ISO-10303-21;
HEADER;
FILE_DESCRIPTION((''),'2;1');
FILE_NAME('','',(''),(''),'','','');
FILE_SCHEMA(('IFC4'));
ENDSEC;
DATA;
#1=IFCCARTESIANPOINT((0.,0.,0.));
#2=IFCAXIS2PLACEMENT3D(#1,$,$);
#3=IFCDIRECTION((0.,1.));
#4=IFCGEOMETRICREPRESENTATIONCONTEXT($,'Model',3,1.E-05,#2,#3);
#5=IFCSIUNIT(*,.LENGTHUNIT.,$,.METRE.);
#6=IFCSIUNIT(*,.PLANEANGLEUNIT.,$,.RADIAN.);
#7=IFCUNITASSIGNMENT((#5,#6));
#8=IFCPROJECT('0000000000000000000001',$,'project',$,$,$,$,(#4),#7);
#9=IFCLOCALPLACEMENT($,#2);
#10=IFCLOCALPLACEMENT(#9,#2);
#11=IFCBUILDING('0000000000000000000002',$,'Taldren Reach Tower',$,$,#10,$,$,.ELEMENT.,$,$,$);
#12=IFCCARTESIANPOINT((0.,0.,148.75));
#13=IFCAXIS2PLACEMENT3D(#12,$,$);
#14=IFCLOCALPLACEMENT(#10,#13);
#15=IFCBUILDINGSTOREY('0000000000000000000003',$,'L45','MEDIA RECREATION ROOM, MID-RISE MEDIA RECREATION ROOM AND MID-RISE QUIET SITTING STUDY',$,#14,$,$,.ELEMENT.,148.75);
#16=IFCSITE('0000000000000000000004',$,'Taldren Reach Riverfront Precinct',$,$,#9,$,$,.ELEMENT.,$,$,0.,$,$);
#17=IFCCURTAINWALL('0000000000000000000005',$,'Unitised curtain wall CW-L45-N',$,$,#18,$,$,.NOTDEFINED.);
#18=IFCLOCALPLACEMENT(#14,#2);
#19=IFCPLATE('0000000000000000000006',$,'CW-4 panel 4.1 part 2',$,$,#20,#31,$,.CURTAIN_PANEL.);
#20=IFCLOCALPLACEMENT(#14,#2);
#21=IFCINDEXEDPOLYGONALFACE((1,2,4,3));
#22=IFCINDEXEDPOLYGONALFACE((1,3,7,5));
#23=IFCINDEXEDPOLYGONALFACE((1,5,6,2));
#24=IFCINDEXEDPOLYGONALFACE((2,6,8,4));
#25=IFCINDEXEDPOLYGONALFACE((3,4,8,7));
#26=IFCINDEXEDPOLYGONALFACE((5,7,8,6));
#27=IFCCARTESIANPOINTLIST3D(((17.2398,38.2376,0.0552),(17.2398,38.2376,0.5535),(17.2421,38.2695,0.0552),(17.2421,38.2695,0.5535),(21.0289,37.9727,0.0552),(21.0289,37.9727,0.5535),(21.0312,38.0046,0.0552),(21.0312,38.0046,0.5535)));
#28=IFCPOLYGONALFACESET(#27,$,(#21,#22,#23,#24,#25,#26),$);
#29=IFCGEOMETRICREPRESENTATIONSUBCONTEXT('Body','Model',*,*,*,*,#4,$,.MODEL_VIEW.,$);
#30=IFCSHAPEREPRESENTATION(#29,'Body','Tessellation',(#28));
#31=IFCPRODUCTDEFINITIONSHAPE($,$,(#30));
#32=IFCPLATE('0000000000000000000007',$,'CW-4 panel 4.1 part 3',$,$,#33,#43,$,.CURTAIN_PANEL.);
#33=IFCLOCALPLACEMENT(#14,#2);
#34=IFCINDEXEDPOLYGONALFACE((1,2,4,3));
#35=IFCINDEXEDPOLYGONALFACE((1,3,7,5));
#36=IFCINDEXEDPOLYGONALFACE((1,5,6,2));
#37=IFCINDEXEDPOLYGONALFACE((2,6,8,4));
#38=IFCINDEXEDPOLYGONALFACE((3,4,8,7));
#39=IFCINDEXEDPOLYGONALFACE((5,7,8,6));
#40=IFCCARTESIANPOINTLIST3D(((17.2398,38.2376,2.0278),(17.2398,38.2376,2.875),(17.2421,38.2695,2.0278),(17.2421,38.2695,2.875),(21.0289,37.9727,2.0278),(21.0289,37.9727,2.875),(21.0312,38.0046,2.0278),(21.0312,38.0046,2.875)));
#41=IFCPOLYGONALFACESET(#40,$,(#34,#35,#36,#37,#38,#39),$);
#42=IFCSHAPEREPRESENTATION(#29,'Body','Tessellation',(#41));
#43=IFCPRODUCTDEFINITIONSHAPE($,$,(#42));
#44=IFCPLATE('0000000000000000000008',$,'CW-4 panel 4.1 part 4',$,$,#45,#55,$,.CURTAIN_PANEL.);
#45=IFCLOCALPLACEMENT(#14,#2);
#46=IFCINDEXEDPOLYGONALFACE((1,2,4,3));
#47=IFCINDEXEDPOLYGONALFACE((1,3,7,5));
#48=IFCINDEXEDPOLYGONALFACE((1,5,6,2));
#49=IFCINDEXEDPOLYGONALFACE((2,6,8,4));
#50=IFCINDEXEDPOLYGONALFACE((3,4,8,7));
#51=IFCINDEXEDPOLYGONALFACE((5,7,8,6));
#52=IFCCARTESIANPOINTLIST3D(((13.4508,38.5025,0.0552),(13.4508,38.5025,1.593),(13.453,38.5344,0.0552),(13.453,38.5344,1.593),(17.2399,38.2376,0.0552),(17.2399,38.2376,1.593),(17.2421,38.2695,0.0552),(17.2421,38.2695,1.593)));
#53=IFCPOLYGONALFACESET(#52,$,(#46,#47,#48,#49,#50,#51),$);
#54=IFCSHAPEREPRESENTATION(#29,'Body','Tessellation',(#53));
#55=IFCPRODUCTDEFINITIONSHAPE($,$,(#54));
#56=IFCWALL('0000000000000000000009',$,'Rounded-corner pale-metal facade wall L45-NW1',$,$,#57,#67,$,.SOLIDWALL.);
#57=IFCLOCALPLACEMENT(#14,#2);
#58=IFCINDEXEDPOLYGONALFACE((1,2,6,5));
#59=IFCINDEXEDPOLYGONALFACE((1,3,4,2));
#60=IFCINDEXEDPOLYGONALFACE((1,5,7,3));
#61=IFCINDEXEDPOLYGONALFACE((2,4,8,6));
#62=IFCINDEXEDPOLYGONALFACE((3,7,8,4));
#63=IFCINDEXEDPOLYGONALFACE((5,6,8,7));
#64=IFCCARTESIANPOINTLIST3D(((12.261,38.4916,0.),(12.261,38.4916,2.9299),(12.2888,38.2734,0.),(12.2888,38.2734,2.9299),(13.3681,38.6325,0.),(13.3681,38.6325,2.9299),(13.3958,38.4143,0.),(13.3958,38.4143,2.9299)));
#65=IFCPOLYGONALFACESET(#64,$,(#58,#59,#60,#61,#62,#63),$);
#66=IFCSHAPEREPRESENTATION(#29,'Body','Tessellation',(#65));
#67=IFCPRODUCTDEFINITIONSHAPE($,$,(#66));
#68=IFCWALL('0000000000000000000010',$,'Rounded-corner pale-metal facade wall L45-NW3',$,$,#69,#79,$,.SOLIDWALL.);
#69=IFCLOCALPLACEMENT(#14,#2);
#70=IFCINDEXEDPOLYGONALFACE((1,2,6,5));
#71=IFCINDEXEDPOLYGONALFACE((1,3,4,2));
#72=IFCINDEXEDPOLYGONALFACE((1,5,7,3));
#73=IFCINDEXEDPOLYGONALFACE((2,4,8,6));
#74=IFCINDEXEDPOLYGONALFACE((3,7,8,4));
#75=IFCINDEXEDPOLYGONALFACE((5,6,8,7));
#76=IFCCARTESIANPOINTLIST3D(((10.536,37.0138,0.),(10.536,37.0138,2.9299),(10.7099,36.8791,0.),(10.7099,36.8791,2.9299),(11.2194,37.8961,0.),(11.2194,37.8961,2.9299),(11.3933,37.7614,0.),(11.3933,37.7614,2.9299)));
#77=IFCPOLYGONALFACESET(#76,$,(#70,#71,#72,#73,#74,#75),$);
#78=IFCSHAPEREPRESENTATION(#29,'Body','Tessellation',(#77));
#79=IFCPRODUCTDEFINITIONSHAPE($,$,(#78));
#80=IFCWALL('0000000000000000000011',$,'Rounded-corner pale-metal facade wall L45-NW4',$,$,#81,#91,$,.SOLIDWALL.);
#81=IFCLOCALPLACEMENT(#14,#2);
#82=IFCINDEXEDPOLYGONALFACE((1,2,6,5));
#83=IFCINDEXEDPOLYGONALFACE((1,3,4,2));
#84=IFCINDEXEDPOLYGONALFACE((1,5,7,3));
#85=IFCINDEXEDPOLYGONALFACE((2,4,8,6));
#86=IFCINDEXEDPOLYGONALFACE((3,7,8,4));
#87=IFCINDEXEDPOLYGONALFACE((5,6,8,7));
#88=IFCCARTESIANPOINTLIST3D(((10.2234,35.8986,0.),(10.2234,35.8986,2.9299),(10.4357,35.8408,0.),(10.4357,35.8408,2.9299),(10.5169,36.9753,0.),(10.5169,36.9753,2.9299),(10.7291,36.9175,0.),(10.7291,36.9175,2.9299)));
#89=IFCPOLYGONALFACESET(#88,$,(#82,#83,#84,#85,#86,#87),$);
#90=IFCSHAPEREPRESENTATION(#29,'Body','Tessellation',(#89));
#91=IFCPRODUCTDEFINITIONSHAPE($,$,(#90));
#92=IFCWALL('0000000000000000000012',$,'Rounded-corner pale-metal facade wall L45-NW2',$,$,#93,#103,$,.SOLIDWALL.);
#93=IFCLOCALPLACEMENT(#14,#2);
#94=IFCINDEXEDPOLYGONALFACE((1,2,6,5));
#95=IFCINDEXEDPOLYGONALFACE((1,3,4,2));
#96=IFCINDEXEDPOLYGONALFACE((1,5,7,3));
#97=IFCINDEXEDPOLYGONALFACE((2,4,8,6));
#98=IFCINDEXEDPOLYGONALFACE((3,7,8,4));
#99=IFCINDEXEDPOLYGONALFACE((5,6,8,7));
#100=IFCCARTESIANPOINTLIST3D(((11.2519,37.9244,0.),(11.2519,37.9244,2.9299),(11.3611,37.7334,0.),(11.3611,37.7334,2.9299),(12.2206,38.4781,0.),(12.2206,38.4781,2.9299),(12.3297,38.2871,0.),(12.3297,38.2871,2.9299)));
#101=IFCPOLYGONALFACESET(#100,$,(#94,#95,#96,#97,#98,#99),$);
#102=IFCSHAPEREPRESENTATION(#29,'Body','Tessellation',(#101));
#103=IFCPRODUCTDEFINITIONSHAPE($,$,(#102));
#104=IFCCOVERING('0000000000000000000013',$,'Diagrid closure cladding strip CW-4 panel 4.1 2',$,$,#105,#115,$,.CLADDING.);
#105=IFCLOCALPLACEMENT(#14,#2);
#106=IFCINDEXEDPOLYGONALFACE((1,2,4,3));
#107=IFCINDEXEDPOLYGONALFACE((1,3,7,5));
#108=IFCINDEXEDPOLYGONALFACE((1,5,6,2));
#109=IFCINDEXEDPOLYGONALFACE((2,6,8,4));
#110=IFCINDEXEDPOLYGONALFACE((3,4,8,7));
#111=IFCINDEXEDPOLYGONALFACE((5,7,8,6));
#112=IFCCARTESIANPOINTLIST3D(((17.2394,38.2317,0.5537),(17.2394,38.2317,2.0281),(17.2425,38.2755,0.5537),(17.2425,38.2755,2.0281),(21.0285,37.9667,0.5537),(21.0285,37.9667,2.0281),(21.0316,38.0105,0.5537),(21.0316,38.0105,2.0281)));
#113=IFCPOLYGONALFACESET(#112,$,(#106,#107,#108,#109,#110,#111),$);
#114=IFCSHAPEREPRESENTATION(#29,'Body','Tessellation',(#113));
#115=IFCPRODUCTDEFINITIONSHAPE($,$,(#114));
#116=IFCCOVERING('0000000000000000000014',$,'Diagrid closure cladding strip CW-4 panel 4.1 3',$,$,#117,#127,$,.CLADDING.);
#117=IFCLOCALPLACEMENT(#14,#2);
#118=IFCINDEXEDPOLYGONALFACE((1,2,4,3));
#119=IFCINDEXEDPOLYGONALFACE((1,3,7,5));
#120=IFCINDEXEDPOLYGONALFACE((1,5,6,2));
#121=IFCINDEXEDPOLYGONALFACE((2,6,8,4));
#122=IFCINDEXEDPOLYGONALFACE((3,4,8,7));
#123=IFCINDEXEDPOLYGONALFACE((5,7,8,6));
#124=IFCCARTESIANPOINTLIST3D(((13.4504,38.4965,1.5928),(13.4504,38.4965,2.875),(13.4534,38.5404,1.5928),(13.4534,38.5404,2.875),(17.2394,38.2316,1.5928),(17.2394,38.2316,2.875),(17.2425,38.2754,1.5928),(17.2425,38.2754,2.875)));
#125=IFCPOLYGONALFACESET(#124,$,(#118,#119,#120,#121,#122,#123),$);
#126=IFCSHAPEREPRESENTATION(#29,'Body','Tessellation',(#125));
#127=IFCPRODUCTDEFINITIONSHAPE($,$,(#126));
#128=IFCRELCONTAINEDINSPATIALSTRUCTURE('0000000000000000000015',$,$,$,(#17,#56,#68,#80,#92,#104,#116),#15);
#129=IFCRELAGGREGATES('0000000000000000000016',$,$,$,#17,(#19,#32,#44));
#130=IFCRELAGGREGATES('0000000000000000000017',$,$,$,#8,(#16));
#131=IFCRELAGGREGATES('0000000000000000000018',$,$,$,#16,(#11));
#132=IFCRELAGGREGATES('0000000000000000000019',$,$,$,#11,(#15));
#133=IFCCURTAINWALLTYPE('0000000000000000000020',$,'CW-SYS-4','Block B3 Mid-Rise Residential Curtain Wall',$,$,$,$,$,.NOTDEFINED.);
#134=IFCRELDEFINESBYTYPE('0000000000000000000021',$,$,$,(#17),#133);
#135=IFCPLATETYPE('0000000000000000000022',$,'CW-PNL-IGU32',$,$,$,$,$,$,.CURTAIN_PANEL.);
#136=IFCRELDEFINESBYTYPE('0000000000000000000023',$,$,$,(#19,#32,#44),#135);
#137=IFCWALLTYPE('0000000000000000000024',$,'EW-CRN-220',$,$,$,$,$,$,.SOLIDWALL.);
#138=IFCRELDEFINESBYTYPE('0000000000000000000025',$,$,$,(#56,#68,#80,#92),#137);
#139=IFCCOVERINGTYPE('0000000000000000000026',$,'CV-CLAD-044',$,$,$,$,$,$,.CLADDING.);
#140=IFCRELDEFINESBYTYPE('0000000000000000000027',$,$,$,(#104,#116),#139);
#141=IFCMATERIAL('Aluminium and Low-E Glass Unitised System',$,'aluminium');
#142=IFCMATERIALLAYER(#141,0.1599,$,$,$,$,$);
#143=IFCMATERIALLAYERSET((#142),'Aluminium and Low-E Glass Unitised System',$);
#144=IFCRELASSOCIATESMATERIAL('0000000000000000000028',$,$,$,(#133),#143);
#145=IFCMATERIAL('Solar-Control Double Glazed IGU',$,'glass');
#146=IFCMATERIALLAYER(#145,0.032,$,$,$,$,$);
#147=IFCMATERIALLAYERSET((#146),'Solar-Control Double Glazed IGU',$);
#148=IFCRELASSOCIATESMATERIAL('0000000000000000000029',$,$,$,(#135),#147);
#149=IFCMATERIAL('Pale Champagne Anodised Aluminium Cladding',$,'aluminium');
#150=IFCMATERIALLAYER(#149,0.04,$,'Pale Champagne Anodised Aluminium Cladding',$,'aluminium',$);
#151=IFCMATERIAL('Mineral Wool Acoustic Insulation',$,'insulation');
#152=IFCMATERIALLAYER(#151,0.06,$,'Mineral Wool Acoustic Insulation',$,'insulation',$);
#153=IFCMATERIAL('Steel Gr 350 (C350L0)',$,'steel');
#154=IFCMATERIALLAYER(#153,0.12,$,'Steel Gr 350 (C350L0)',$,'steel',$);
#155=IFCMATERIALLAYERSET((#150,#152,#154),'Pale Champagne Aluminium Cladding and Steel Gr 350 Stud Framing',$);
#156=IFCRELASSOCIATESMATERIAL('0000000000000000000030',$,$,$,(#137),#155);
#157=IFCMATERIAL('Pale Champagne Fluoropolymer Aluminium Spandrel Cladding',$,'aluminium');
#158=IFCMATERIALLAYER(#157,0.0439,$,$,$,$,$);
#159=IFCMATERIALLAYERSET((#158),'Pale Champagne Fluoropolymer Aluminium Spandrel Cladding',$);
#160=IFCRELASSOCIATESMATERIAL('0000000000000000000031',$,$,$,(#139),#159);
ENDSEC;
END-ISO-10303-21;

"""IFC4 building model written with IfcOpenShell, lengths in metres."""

from ifc_helpers import new_model, si_unit, direction, frame, frame_2d, origin, origin_2d, place, context, subcontext, project, spatial, rectangle, extrude, source, transform, mapped, material, layer, layer_set, type_object, element, aggregate, save


model = new_model("IFC4")

# Units and contexts
model_context = context("Model", 3, precision=1e-05, world=origin(), true_north=direction((0.0, 1.0)))
body_context = subcontext(model_context, "Body", "Model", "MODEL_VIEW")
ifc_project = project(units=[si_unit("LENGTHUNIT", "METRE"), si_unit("PLANEANGLEUNIT", "RADIAN")], contexts=[model_context])

# Site, building, storey
site_placement = place(None, origin())
site = spatial("IfcSite", under=ifc_project, at=site_placement, Name="Taldren Reach Riverfront Precinct", CompositionType="ELEMENT", RefElevation=0.0)
building_placement = place(site_placement, origin())
building = spatial("IfcBuilding", under=site, at=building_placement, Name="Taldren Reach Tower", CompositionType="ELEMENT")
storey_placement = place(building_placement, frame((0.0, 0.0, 148.75)))
storey = spatial("IfcBuildingStorey", under=building, at=storey_placement, Name="L45", Description="MEDIA RECREATION ROOM, MID-RISE MEDIA RECREATION ROOM AND MID-RISE QUIET SITTING STUDY", CompositionType="ELEMENT", Elevation=148.75)

# Shared definitions
ifc_material_1 = material(Name="Steel Gr 350 (C350L0)", Category="steel")

# Shared definitions
ifc_material_2 = material(Name="Aluminium and Low-E Glass Unitised System", Category="aluminium")
ifc_layer_1 = layer(ifc_material_2, 0.1599)
ifc_layer_set_1 = layer_set([ifc_layer_1], Name="Aluminium and Low-E Glass Unitised System")
curtain_wall_type = type_object("IfcCurtainWallType", Name="CW-SYS-4", Description="Block B3 Mid-Rise Residential Curtain Wall", PredefinedType="NOTDEFINED", material=ifc_layer_set_1)

# Curtain wall
curtain_wall_1_placement = place(storey_placement, origin())
curtain_wall_1 = element("IfcCurtainWall", 1, at=curtain_wall_1_placement, inside=storey, type_object=curtain_wall_type, Name="Unitised curtain wall CW-L45-N", PredefinedType="NOTDEFINED")

# Plates
ifc_material_3 = material(Name="Solar-Control Double Glazed IGU", Category="glass")
ifc_layer_2 = layer(ifc_material_3, 0.032)
ifc_layer_set_2 = layer_set([ifc_layer_2], Name="Solar-Control Double Glazed IGU")
plate_type_1 = type_object("IfcPlateType", Name="CW-PNL-IGU32", PredefinedType="CURTAIN_PANEL", material=ifc_layer_set_2)
shared_shape_1 = source(origin(), body_context, "Body", "SweptSolid", [
    extrude(rectangle(XDim=3.7983, YDim=0.032, at=origin_2d()), origin(), (0.0, 0.0, 1.0), 0.4983),
])
plate_1_placement = place(storey_placement, frame((19.1355, 38.1211, 0.0552), z_axis=(0.0, 0.0, 1.0), x_axis=(-0.997564, 0.069757, 0.0)))
plate_1 = element("IfcPlate", 2, at=plate_1_placement, type_object=plate_type_1, Name="CW-4 panel 4.1 part 2", PredefinedType="CURTAIN_PANEL", context=body_context, shape_type="MappedRepresentation", body=[
    mapped(shared_shape_1, transform((0.0, 0.0, 0.0), scale=1.0)),
])
shared_shape_2 = source(origin(), body_context, "Body", "SweptSolid", [
    extrude(rectangle(XDim=3.7983, YDim=0.032, at=origin_2d()), origin(), (0.0, 0.0, 1.0), 0.8472),
])
plate_2_placement = place(storey_placement, frame((19.1355, 38.1211, 2.0278), z_axis=(0.0, 0.0, 1.0), x_axis=(-0.997564, 0.069757, 0.0)))
plate_2 = element("IfcPlate", 3, at=plate_2_placement, type_object=plate_type_1, Name="CW-4 panel 4.1 part 3", PredefinedType="CURTAIN_PANEL", context=body_context, shape_type="MappedRepresentation", body=[
    mapped(shared_shape_2, transform((0.0, 0.0, 0.0), scale=1.0)),
])
shared_shape_3 = source(origin(), body_context, "Body", "SweptSolid", [
    extrude(rectangle(XDim=3.7983, YDim=0.032, at=origin_2d()), origin(), (0.0, 0.0, 1.0), 1.5378),
])
plate_3_placement = place(storey_placement, frame((15.3464, 38.386, 0.0552), z_axis=(0.0, 0.0, 1.0), x_axis=(-0.997564, 0.069757, 0.0)))
plate_3 = element("IfcPlate", 4, at=plate_3_placement, type_object=plate_type_1, Name="CW-4 panel 4.1 part 4", PredefinedType="CURTAIN_PANEL", context=body_context, shape_type="MappedRepresentation", body=[
    mapped(shared_shape_3, transform((0.0, 0.0, 0.0), scale=1.0)),
])
aggregate(curtain_wall_1, [plate_1, plate_2, plate_3])

# Walls
ifc_material_4 = material(Name="Pale Champagne Anodised Aluminium Cladding", Category="aluminium")
ifc_layer_3 = layer(ifc_material_4, 0.04, Name="Pale Champagne Anodised Aluminium Cladding", Category="aluminium")
ifc_material_5 = material(Name="Mineral Wool Acoustic Insulation", Category="insulation")
ifc_layer_4 = layer(ifc_material_5, 0.06, Name="Mineral Wool Acoustic Insulation", Category="insulation")
ifc_layer_5 = layer(ifc_material_1, 0.12, Name="Steel Gr 350 (C350L0)", Category="steel")
ifc_layer_set_3 = layer_set([ifc_layer_3, ifc_layer_4, ifc_layer_5], Name="Pale Champagne Aluminium Cladding and Steel Gr 350 Stud Framing")
wall_type = type_object("IfcWallType", Name="EW-CRN-220", PredefinedType="SOLIDWALL", material=ifc_layer_set_3)
shared_shape_4 = source(origin(), body_context, "Body", "SweptSolid", [
    extrude(rectangle(XDim=1.116, YDim=0.22, at=frame_2d((0.5581, 0.0))), origin(), (0.0, 0.0, 1.0), 2.9299),
])
for number, where, z_axis, x_axis, name in (
    (5, (13.3821, 38.5234, 0.0), (0.0, 0.0, 1.0), (-0.991999, -0.126243, 0.0), "Rounded-corner pale-metal facade wall L45-NW1"),
    (6, (11.3064, 37.8289, 0.0), (0.0, 0.0, 1.0), (-0.612319, -0.790611, 0.0), "Rounded-corner pale-metal facade wall L45-NW3"),
    (7, (10.623, 36.9465, 0.0), (0.0, 0.0, 1.0), (-0.262969, -0.964804, 0.0), "Rounded-corner pale-metal facade wall L45-NW4"),
):
    element("IfcWall", number, at=place(storey_placement, frame(where, z_axis=z_axis, x_axis=x_axis)), inside=storey, type_object=wall_type, Name=name, PredefinedType="SOLIDWALL", context=body_context, shape_type="MappedRepresentation", body=[
        mapped(shared_shape_4, transform((0.0, 0.0, 0.0), scale=1.0)),
    ])
shared_shape_5 = source(origin(), body_context, "Body", "SweptSolid", [
    extrude(rectangle(XDim=1.1157, YDim=0.22, at=frame_2d((0.5579, 0.0))), origin(), (0.0, 0.0, 1.0), 2.9299),
])
wall_placement = place(storey_placement, frame((12.2751, 38.3826, 0.0), z_axis=(0.0, 0.0, 1.0), x_axis=(-0.868189, -0.496233, 0.0)))
element("IfcWall", 8, at=wall_placement, inside=storey, type_object=wall_type, Name="Rounded-corner pale-metal facade wall L45-NW2", PredefinedType="SOLIDWALL", context=body_context, shape_type="MappedRepresentation", body=[
    mapped(shared_shape_5, transform((0.0, 0.0, 0.0), scale=1.0)),
])

# Coverings
ifc_material_6 = material(Name="Pale Champagne Fluoropolymer Aluminium Spandrel Cladding", Category="aluminium")
ifc_layer_6 = layer(ifc_material_6, 0.0439)
ifc_layer_set_4 = layer_set([ifc_layer_6], Name="Pale Champagne Fluoropolymer Aluminium Spandrel Cladding")
covering_type = type_object("IfcCoveringType", Name="CV-CLAD-044", PredefinedType="CLADDING", material=ifc_layer_set_4)
shared_shape_6 = source(origin(), body_context, "Body", "SweptSolid", [
    extrude(rectangle(XDim=3.7983, YDim=0.0439, at=origin_2d()), origin(), (0.0, 0.0, 1.0), 1.4744),
])
covering_1_placement = place(storey_placement, frame((19.1355, 38.1211, 0.5537), z_axis=(0.0, 0.0, 1.0), x_axis=(-0.997564, 0.069757, 0.0)))
element("IfcCovering", 9, at=covering_1_placement, inside=storey, type_object=covering_type, Name="Diagrid closure cladding strip CW-4 panel 4.1 2", PredefinedType="CLADDING", context=body_context, shape_type="MappedRepresentation", body=[
    mapped(shared_shape_6, transform((0.0, 0.0, 0.0), scale=1.0)),
])
shared_shape_7 = source(origin(), body_context, "Body", "SweptSolid", [
    extrude(rectangle(XDim=3.7983, YDim=0.0439, at=origin_2d()), origin(), (0.0, 0.0, 1.0), 1.2822),
])
covering_2_placement = place(storey_placement, frame((15.3464, 38.386, 1.5928), z_axis=(0.0, 0.0, 1.0), x_axis=(-0.997564, 0.069757, 0.0)))
element("IfcCovering", 10, at=covering_2_placement, inside=storey, type_object=covering_type, Name="Diagrid closure cladding strip CW-4 panel 4.1 3", PredefinedType="CLADDING", context=body_context, shape_type="MappedRepresentation", body=[
    mapped(shared_shape_7, transform((0.0, 0.0, 0.0), scale=1.0)),
])

save(model, "model.ifc")
